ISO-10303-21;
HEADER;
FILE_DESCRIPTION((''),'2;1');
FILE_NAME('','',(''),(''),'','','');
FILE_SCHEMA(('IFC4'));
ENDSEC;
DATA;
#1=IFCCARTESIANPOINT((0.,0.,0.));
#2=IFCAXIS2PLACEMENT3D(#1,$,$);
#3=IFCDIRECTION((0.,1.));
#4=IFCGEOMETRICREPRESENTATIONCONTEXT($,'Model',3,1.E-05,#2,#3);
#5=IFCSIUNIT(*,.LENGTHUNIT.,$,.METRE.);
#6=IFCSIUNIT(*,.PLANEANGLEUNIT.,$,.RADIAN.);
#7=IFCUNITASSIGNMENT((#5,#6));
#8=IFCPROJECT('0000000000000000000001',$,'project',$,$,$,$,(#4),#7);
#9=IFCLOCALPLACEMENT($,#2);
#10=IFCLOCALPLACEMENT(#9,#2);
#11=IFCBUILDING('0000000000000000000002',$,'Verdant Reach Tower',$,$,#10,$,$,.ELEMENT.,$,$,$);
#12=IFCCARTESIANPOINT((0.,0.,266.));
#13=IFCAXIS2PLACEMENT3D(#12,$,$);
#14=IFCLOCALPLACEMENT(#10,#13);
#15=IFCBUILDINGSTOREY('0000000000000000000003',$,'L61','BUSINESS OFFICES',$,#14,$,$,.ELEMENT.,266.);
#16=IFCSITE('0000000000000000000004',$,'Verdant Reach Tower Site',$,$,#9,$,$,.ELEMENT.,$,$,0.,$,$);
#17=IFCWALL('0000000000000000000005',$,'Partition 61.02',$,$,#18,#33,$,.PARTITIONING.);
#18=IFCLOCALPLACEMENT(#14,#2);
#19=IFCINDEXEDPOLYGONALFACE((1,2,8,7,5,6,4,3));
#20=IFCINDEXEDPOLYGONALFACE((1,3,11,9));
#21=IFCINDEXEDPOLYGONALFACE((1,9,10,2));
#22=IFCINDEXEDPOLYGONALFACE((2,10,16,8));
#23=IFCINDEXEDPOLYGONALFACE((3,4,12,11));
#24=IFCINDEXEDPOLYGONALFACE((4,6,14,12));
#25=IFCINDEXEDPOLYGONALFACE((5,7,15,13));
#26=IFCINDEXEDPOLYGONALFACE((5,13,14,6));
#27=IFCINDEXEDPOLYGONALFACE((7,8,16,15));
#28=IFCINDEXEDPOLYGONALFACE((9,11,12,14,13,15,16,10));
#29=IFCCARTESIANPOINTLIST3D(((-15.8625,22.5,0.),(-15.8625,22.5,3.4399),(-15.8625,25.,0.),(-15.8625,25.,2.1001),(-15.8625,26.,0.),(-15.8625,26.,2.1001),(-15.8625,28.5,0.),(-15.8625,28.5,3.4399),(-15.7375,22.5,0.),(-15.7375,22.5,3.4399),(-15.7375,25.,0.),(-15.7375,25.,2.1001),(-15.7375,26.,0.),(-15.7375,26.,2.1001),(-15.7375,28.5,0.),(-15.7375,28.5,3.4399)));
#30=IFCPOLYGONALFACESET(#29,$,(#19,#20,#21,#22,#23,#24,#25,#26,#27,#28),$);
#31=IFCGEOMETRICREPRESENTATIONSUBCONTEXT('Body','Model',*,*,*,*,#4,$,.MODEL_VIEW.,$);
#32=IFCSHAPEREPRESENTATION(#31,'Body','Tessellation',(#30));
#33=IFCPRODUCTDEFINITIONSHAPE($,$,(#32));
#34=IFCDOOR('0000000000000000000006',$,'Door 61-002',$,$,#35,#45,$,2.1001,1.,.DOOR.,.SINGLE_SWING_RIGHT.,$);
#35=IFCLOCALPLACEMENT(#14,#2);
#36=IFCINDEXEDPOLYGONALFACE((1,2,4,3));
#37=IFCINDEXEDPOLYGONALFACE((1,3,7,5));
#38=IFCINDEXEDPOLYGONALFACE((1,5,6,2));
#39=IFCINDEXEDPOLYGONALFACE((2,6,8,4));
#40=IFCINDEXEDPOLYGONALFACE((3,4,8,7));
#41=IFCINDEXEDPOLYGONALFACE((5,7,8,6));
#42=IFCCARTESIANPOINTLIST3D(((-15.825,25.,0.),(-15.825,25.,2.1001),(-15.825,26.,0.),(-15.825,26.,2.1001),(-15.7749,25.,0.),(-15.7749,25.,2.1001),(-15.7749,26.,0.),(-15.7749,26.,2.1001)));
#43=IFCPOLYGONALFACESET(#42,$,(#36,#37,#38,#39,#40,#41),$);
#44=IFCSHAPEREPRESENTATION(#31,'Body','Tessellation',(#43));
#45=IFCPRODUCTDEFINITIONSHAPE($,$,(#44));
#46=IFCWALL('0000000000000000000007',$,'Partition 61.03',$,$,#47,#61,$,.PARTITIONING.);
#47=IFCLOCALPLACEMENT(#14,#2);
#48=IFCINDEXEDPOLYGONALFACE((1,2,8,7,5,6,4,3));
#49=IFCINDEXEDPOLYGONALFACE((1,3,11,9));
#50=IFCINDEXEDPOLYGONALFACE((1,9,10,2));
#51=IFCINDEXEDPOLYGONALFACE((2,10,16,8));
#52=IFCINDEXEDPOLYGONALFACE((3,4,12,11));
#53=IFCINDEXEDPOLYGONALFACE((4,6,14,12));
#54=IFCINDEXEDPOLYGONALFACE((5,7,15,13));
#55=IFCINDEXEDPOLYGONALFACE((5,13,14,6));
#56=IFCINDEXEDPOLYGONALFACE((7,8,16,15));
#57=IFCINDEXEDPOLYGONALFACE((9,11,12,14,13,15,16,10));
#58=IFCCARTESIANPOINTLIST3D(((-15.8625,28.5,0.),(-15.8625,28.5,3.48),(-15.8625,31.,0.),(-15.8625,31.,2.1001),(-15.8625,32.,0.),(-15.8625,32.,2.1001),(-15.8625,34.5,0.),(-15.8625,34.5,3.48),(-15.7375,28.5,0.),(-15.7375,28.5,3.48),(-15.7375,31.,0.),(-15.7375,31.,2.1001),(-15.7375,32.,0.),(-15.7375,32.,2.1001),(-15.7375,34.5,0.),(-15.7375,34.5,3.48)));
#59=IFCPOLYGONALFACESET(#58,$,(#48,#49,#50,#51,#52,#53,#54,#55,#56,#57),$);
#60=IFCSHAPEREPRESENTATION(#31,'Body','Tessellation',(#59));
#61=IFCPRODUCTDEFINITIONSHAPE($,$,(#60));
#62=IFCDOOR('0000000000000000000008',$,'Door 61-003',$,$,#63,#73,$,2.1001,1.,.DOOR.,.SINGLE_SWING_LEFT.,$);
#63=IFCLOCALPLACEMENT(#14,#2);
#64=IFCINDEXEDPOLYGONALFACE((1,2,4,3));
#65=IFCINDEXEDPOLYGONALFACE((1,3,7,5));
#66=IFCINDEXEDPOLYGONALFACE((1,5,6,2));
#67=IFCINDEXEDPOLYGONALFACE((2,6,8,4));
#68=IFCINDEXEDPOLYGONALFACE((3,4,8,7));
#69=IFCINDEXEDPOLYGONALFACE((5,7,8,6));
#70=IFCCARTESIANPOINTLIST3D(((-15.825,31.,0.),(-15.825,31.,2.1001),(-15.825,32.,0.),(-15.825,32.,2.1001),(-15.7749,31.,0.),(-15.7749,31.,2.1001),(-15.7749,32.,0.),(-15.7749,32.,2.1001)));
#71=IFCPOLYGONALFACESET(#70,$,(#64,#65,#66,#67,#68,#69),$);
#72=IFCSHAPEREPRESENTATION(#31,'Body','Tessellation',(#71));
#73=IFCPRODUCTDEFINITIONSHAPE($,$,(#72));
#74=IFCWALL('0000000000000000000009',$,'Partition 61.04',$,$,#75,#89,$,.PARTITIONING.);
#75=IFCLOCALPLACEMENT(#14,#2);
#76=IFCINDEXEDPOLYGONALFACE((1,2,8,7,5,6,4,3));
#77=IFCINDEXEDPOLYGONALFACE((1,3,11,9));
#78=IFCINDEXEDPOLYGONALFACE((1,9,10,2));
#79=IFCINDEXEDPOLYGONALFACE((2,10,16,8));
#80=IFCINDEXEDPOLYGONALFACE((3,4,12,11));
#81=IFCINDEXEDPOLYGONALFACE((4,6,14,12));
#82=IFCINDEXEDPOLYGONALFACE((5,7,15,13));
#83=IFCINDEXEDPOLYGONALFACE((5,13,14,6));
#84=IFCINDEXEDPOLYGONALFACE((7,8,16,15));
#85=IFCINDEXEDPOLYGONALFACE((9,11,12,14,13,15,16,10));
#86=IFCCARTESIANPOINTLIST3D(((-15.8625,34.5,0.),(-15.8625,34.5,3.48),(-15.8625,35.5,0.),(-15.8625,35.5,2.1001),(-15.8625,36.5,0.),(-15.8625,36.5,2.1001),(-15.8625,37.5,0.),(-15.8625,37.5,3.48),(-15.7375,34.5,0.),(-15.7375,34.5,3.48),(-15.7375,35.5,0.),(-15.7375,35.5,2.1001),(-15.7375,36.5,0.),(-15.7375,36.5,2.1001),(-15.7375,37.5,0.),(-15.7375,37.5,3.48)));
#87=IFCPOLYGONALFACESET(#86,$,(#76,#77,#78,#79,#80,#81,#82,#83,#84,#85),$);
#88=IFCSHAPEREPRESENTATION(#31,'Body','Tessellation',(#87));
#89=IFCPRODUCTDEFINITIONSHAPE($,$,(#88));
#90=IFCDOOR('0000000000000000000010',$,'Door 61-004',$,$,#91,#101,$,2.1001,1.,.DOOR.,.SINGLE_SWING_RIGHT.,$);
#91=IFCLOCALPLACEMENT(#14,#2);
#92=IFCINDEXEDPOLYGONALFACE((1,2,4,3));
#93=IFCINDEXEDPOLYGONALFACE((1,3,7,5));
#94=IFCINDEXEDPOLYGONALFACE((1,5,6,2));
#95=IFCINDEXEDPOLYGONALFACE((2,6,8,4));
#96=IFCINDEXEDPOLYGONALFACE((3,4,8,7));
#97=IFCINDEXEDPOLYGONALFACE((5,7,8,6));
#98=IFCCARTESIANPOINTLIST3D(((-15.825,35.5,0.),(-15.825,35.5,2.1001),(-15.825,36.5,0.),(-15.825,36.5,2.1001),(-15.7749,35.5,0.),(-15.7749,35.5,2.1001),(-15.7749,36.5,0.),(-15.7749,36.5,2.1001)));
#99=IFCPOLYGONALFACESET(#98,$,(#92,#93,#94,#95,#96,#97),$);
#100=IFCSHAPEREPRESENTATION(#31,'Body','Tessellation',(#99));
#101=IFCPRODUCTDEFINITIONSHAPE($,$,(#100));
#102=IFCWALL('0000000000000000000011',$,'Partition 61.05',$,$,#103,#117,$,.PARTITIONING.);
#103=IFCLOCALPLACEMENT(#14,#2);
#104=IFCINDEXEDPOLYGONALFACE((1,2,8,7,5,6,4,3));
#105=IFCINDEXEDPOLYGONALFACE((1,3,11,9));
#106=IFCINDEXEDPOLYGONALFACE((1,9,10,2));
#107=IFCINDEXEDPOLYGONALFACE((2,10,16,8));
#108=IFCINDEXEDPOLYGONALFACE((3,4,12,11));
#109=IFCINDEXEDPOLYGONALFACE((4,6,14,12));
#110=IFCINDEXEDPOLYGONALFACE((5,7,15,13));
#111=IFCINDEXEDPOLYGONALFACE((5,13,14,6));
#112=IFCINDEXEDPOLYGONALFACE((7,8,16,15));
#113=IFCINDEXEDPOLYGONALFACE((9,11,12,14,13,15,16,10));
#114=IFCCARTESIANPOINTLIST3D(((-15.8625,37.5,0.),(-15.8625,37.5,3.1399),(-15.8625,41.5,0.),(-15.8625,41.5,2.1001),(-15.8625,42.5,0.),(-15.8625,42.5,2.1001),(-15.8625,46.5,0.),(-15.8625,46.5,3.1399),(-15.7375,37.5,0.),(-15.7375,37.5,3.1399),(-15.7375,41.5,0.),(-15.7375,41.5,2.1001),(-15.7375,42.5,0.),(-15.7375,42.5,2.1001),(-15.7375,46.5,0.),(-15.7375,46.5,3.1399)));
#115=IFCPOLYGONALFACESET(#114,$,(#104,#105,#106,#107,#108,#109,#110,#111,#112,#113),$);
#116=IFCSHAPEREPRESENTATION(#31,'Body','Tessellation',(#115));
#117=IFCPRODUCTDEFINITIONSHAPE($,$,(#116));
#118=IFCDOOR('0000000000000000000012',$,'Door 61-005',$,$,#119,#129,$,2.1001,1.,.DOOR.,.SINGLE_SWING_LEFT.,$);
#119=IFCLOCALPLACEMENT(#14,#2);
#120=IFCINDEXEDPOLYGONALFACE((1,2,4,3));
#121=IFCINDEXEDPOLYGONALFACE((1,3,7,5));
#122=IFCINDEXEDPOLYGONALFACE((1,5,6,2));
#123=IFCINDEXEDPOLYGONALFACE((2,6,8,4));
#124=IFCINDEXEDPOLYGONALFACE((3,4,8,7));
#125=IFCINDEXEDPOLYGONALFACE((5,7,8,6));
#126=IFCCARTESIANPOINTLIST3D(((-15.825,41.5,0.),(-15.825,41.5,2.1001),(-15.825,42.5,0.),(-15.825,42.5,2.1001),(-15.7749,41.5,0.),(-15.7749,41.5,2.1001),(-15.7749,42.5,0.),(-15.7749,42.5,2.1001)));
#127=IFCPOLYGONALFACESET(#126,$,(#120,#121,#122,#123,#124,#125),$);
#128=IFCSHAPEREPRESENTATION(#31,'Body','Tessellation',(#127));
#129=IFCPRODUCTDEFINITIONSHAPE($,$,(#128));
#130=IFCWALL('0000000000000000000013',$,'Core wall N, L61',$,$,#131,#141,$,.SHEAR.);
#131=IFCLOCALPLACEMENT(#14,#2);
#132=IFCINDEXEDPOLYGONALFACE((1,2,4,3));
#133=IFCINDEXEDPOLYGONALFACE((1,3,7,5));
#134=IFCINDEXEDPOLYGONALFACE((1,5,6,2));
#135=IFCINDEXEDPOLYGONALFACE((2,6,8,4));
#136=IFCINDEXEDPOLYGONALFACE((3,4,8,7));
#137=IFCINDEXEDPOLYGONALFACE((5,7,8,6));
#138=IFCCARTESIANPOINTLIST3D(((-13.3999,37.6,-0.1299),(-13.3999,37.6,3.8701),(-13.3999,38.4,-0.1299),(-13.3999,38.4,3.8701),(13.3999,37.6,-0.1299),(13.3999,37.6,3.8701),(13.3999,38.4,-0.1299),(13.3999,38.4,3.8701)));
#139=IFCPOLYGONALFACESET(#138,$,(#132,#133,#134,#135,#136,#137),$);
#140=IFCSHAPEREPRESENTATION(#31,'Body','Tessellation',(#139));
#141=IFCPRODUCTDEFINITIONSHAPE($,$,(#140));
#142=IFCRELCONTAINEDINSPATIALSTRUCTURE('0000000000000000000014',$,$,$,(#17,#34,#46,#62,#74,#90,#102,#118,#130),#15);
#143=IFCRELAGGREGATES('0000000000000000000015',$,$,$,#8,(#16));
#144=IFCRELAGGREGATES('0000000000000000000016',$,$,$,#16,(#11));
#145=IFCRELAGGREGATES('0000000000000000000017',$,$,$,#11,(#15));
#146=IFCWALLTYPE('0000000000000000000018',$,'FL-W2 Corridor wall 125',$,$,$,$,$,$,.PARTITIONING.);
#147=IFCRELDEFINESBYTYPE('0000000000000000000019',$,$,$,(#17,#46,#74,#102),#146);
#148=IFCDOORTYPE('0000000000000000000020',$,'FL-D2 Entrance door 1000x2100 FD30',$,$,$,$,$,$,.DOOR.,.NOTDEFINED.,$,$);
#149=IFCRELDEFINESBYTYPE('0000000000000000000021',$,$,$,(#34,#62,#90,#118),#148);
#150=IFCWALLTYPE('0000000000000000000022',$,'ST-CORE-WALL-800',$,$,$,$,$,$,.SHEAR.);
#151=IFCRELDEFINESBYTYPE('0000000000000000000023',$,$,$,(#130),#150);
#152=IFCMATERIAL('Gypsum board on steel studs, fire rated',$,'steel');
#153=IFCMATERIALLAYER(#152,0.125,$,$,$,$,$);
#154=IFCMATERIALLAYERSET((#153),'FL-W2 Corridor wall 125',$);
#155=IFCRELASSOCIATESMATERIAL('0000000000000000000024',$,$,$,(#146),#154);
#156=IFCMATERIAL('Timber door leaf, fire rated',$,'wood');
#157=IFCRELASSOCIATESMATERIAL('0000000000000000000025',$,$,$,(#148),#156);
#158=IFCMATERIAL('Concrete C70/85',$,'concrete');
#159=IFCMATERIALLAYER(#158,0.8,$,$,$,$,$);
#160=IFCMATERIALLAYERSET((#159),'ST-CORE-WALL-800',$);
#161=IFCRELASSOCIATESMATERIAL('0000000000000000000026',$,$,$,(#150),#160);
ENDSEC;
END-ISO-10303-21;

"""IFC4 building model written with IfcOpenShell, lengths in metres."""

from ifc_helpers import new_model, si_unit, direction, frame, frame_2d, origin, place, context, subcontext, project, spatial, rectangle, extrude, material, layer, layer_set, type_object, element, fill, save


model = new_model("IFC4")

# Units and contexts
model_context = context("Model", 3, precision=1e-05, world=origin(), true_north=direction((0.0, 1.0)))
body_context = subcontext(model_context, "Body", "Model", "MODEL_VIEW")
ifc_project = project(units=[si_unit("LENGTHUNIT", "METRE"), si_unit("PLANEANGLEUNIT", "RADIAN")], contexts=[model_context])

# Site, building, storey
site_placement = place(None, origin())
site = spatial("IfcSite", under=ifc_project, at=site_placement, Name="Verdant Reach Tower Site", CompositionType="ELEMENT", RefElevation=0.0)
building_placement = place(site_placement, origin())
building = spatial("IfcBuilding", under=site, at=building_placement, Name="Verdant Reach Tower", CompositionType="ELEMENT")
storey_placement = place(building_placement, frame((0.0, 0.0, 266.0)))
storey = spatial("IfcBuildingStorey", under=building, at=storey_placement, Name="L61", Description="BUSINESS OFFICES", CompositionType="ELEMENT", Elevation=266.0)

# Walls, openings, doors
ifc_material_1 = material(Name="Gypsum board on steel studs, fire rated", Category="steel")
ifc_layer_1 = layer(ifc_material_1, 0.125)
ifc_layer_set_1 = layer_set([ifc_layer_1], Name="FL-W2 Corridor wall 125")
wall_type_1 = type_object("IfcWallType", Name="FL-W2 Corridor wall 125", PredefinedType="PARTITIONING", material=ifc_layer_set_1)
wall_1_placement = place(storey_placement, frame((-15.8, 22.5, 0.0), z_axis=(0.0, 0.0, 1.0), x_axis=(0.0, 1.0, 0.0)))
wall_1 = element("IfcWall", 1, at=wall_1_placement, inside=storey, type_object=wall_type_1, Name="Partition 61.02", PredefinedType="PARTITIONING", context=body_context, shape_type="SweptSolid", body=[
    extrude(rectangle(XDim=6.0, YDim=0.125, at=frame_2d((3.0, 0.0))), origin(), (0.0, 0.0, 1.0), 3.4399),
])
opening_1_placement = place(wall_1_placement, frame((2.5, 0.0, 0.0)))
opening_1 = element("IfcOpeningElement", 2, at=opening_1_placement, cuts=wall_1, PredefinedType="OPENING", context=body_context, shape_type="SweptSolid", body=[
    extrude(rectangle(XDim=1.0, YDim=2.1001, at=frame_2d((0.5, 1.05))), frame((0.0, 0.0725, 0.0), z_axis=(0.0, -1.0, 0.0), x_axis=(1.0, 0.0, 0.0)), (0.0, 0.0, 1.0), 0.145),
])
ifc_material_2 = material(Name="Timber door leaf, fire rated", Category="wood")
door_type = type_object("IfcDoorType", Name="FL-D2 Entrance door 1000x2100 FD30", OperationType="NOTDEFINED", PredefinedType="DOOR", material=ifc_material_2)
door_1_placement = place(opening_1_placement, origin())
door_1 = element("IfcDoor", 3, at=door_1_placement, inside=storey, type_object=door_type, Name="Door 61-002", OperationType="SINGLE_SWING_RIGHT", OverallHeight=2.1001, OverallWidth=1.0, PredefinedType="DOOR", context=body_context, shape_type="SweptSolid", body=[
    extrude(rectangle(XDim=1.0, YDim=2.1001, at=frame_2d((0.5, 1.05))), frame((0.0, 0.0249, 0.0), z_axis=(0.0, -1.0, 0.0), x_axis=(1.0, 0.0, 0.0)), (0.0, 0.0, 1.0), 0.05),
])
fill(opening_1, door_1)
wall_2_placement = place(storey_placement, frame((-15.8, 28.5, 0.0), z_axis=(0.0, 0.0, 1.0), x_axis=(0.0, 1.0, 0.0)))
wall_2 = element("IfcWall", 4, at=wall_2_placement, inside=storey, type_object=wall_type_1, Name="Partition 61.03", PredefinedType="PARTITIONING", context=body_context, shape_type="SweptSolid", body=[
    extrude(rectangle(XDim=6.0, YDim=0.125, at=frame_2d((3.0, 0.0))), origin(), (0.0, 0.0, 1.0), 3.48),
])
opening_2_placement = place(wall_2_placement, frame((2.5, 0.0, 0.0)))
opening_2 = element("IfcOpeningElement", 5, at=opening_2_placement, cuts=wall_2, PredefinedType="OPENING", context=body_context, shape_type="SweptSolid", body=[
    extrude(rectangle(XDim=1.0, YDim=2.1001, at=frame_2d((0.5, 1.05))), frame((0.0, 0.0725, 0.0), z_axis=(0.0, -1.0, 0.0), x_axis=(1.0, 0.0, 0.0)), (0.0, 0.0, 1.0), 0.145),
])
door_2_placement = place(opening_2_placement, origin())
door_2 = element("IfcDoor", 6, at=door_2_placement, inside=storey, type_object=door_type, Name="Door 61-003", OperationType="SINGLE_SWING_LEFT", OverallHeight=2.1001, OverallWidth=1.0, PredefinedType="DOOR", context=body_context, shape_type="SweptSolid", body=[
    extrude(rectangle(XDim=1.0, YDim=2.1001, at=frame_2d((0.5, 1.05))), frame((0.0, 0.0249, 0.0), z_axis=(0.0, -1.0, 0.0), x_axis=(1.0, 0.0, 0.0)), (0.0, 0.0, 1.0), 0.05),
])
fill(opening_2, door_2)
wall_3_placement = place(storey_placement, frame((-15.8, 34.5, 0.0), z_axis=(0.0, 0.0, 1.0), x_axis=(0.0, 1.0, 0.0)))
wall_3 = element("IfcWall", 7, at=wall_3_placement, inside=storey, type_object=wall_type_1, Name="Partition 61.04", PredefinedType="PARTITIONING", context=body_context, shape_type="SweptSolid", body=[
    extrude(rectangle(XDim=3.0, YDim=0.125, at=frame_2d((1.5, 0.0))), origin(), (0.0, 0.0, 1.0), 3.48),
])
opening_3_placement = place(wall_3_placement, frame((1.0, 0.0, 0.0)))
opening_3 = element("IfcOpeningElement", 8, at=opening_3_placement, cuts=wall_3, PredefinedType="OPENING", context=body_context, shape_type="SweptSolid", body=[
    extrude(rectangle(XDim=1.0, YDim=2.1001, at=frame_2d((0.5, 1.05))), frame((0.0, 0.0725, 0.0), z_axis=(0.0, -1.0, 0.0), x_axis=(1.0, 0.0, 0.0)), (0.0, 0.0, 1.0), 0.145),
])
door_3_placement = place(opening_3_placement, origin())
door_3 = element("IfcDoor", 9, at=door_3_placement, inside=storey, type_object=door_type, Name="Door 61-004", OperationType="SINGLE_SWING_RIGHT", OverallHeight=2.1001, OverallWidth=1.0, PredefinedType="DOOR", context=body_context, shape_type="SweptSolid", body=[
    extrude(rectangle(XDim=1.0, YDim=2.1001, at=frame_2d((0.5, 1.05))), frame((0.0, 0.0249, 0.0), z_axis=(0.0, -1.0, 0.0), x_axis=(1.0, 0.0, 0.0)), (0.0, 0.0, 1.0), 0.05),
])
fill(opening_3, door_3)
wall_4_placement = place(storey_placement, frame((-15.8, 37.5, 0.0), z_axis=(0.0, 0.0, 1.0), x_axis=(0.0, 1.0, 0.0)))
wall_4 = element("IfcWall", 10, at=wall_4_placement, inside=storey, type_object=wall_type_1, Name="Partition 61.05", PredefinedType="PARTITIONING", context=body_context, shape_type="SweptSolid", body=[
    extrude(rectangle(XDim=9.0, YDim=0.125, at=frame_2d((4.5, 0.0))), origin(), (0.0, 0.0, 1.0), 3.1399),
])
opening_4_placement = place(wall_4_placement, frame((4.0, 0.0, 0.0)))
opening_4 = element("IfcOpeningElement", 11, at=opening_4_placement, cuts=wall_4, PredefinedType="OPENING", context=body_context, shape_type="SweptSolid", body=[
    extrude(rectangle(XDim=1.0, YDim=2.1001, at=frame_2d((0.5, 1.05))), frame((0.0, 0.0725, 0.0), z_axis=(0.0, -1.0, 0.0), x_axis=(1.0, 0.0, 0.0)), (0.0, 0.0, 1.0), 0.145),
])
door_4_placement = place(opening_4_placement, origin())
door_4 = element("IfcDoor", 12, at=door_4_placement, inside=storey, type_object=door_type, Name="Door 61-005", OperationType="SINGLE_SWING_LEFT", OverallHeight=2.1001, OverallWidth=1.0, PredefinedType="DOOR", context=body_context, shape_type="SweptSolid", body=[
    extrude(rectangle(XDim=1.0, YDim=2.1001, at=frame_2d((0.5, 1.05))), frame((0.0, 0.0249, 0.0), z_axis=(0.0, -1.0, 0.0), x_axis=(1.0, 0.0, 0.0)), (0.0, 0.0, 1.0), 0.05),
])
fill(opening_4, door_4)

# Wall
ifc_material_3 = material(Name="Concrete C70/85", Category="concrete")
ifc_layer_2 = layer(ifc_material_3, 0.8)
ifc_layer_set_2 = layer_set([ifc_layer_2], Name="ST-CORE-WALL-800")
wall_type_2 = type_object("IfcWallType", Name="ST-CORE-WALL-800", PredefinedType="SHEAR", material=ifc_layer_set_2)
wall_5_placement = place(storey_placement, frame((-13.3999, 38.0, -0.1299), z_axis=(0.0, 0.0, 1.0), x_axis=(1.0, 0.0, 0.0)))
element("IfcWall", 13, at=wall_5_placement, inside=storey, type_object=wall_type_2, Name="Core wall N, L61", PredefinedType="SHEAR", context=body_context, shape_type="SweptSolid", body=[
    extrude(rectangle(XDim=26.7998, YDim=0.8, at=frame_2d((13.3999, 0.0))), origin(), (0.0, 0.0, 1.0), 4.0),
])

save(model, "model.ifc")
